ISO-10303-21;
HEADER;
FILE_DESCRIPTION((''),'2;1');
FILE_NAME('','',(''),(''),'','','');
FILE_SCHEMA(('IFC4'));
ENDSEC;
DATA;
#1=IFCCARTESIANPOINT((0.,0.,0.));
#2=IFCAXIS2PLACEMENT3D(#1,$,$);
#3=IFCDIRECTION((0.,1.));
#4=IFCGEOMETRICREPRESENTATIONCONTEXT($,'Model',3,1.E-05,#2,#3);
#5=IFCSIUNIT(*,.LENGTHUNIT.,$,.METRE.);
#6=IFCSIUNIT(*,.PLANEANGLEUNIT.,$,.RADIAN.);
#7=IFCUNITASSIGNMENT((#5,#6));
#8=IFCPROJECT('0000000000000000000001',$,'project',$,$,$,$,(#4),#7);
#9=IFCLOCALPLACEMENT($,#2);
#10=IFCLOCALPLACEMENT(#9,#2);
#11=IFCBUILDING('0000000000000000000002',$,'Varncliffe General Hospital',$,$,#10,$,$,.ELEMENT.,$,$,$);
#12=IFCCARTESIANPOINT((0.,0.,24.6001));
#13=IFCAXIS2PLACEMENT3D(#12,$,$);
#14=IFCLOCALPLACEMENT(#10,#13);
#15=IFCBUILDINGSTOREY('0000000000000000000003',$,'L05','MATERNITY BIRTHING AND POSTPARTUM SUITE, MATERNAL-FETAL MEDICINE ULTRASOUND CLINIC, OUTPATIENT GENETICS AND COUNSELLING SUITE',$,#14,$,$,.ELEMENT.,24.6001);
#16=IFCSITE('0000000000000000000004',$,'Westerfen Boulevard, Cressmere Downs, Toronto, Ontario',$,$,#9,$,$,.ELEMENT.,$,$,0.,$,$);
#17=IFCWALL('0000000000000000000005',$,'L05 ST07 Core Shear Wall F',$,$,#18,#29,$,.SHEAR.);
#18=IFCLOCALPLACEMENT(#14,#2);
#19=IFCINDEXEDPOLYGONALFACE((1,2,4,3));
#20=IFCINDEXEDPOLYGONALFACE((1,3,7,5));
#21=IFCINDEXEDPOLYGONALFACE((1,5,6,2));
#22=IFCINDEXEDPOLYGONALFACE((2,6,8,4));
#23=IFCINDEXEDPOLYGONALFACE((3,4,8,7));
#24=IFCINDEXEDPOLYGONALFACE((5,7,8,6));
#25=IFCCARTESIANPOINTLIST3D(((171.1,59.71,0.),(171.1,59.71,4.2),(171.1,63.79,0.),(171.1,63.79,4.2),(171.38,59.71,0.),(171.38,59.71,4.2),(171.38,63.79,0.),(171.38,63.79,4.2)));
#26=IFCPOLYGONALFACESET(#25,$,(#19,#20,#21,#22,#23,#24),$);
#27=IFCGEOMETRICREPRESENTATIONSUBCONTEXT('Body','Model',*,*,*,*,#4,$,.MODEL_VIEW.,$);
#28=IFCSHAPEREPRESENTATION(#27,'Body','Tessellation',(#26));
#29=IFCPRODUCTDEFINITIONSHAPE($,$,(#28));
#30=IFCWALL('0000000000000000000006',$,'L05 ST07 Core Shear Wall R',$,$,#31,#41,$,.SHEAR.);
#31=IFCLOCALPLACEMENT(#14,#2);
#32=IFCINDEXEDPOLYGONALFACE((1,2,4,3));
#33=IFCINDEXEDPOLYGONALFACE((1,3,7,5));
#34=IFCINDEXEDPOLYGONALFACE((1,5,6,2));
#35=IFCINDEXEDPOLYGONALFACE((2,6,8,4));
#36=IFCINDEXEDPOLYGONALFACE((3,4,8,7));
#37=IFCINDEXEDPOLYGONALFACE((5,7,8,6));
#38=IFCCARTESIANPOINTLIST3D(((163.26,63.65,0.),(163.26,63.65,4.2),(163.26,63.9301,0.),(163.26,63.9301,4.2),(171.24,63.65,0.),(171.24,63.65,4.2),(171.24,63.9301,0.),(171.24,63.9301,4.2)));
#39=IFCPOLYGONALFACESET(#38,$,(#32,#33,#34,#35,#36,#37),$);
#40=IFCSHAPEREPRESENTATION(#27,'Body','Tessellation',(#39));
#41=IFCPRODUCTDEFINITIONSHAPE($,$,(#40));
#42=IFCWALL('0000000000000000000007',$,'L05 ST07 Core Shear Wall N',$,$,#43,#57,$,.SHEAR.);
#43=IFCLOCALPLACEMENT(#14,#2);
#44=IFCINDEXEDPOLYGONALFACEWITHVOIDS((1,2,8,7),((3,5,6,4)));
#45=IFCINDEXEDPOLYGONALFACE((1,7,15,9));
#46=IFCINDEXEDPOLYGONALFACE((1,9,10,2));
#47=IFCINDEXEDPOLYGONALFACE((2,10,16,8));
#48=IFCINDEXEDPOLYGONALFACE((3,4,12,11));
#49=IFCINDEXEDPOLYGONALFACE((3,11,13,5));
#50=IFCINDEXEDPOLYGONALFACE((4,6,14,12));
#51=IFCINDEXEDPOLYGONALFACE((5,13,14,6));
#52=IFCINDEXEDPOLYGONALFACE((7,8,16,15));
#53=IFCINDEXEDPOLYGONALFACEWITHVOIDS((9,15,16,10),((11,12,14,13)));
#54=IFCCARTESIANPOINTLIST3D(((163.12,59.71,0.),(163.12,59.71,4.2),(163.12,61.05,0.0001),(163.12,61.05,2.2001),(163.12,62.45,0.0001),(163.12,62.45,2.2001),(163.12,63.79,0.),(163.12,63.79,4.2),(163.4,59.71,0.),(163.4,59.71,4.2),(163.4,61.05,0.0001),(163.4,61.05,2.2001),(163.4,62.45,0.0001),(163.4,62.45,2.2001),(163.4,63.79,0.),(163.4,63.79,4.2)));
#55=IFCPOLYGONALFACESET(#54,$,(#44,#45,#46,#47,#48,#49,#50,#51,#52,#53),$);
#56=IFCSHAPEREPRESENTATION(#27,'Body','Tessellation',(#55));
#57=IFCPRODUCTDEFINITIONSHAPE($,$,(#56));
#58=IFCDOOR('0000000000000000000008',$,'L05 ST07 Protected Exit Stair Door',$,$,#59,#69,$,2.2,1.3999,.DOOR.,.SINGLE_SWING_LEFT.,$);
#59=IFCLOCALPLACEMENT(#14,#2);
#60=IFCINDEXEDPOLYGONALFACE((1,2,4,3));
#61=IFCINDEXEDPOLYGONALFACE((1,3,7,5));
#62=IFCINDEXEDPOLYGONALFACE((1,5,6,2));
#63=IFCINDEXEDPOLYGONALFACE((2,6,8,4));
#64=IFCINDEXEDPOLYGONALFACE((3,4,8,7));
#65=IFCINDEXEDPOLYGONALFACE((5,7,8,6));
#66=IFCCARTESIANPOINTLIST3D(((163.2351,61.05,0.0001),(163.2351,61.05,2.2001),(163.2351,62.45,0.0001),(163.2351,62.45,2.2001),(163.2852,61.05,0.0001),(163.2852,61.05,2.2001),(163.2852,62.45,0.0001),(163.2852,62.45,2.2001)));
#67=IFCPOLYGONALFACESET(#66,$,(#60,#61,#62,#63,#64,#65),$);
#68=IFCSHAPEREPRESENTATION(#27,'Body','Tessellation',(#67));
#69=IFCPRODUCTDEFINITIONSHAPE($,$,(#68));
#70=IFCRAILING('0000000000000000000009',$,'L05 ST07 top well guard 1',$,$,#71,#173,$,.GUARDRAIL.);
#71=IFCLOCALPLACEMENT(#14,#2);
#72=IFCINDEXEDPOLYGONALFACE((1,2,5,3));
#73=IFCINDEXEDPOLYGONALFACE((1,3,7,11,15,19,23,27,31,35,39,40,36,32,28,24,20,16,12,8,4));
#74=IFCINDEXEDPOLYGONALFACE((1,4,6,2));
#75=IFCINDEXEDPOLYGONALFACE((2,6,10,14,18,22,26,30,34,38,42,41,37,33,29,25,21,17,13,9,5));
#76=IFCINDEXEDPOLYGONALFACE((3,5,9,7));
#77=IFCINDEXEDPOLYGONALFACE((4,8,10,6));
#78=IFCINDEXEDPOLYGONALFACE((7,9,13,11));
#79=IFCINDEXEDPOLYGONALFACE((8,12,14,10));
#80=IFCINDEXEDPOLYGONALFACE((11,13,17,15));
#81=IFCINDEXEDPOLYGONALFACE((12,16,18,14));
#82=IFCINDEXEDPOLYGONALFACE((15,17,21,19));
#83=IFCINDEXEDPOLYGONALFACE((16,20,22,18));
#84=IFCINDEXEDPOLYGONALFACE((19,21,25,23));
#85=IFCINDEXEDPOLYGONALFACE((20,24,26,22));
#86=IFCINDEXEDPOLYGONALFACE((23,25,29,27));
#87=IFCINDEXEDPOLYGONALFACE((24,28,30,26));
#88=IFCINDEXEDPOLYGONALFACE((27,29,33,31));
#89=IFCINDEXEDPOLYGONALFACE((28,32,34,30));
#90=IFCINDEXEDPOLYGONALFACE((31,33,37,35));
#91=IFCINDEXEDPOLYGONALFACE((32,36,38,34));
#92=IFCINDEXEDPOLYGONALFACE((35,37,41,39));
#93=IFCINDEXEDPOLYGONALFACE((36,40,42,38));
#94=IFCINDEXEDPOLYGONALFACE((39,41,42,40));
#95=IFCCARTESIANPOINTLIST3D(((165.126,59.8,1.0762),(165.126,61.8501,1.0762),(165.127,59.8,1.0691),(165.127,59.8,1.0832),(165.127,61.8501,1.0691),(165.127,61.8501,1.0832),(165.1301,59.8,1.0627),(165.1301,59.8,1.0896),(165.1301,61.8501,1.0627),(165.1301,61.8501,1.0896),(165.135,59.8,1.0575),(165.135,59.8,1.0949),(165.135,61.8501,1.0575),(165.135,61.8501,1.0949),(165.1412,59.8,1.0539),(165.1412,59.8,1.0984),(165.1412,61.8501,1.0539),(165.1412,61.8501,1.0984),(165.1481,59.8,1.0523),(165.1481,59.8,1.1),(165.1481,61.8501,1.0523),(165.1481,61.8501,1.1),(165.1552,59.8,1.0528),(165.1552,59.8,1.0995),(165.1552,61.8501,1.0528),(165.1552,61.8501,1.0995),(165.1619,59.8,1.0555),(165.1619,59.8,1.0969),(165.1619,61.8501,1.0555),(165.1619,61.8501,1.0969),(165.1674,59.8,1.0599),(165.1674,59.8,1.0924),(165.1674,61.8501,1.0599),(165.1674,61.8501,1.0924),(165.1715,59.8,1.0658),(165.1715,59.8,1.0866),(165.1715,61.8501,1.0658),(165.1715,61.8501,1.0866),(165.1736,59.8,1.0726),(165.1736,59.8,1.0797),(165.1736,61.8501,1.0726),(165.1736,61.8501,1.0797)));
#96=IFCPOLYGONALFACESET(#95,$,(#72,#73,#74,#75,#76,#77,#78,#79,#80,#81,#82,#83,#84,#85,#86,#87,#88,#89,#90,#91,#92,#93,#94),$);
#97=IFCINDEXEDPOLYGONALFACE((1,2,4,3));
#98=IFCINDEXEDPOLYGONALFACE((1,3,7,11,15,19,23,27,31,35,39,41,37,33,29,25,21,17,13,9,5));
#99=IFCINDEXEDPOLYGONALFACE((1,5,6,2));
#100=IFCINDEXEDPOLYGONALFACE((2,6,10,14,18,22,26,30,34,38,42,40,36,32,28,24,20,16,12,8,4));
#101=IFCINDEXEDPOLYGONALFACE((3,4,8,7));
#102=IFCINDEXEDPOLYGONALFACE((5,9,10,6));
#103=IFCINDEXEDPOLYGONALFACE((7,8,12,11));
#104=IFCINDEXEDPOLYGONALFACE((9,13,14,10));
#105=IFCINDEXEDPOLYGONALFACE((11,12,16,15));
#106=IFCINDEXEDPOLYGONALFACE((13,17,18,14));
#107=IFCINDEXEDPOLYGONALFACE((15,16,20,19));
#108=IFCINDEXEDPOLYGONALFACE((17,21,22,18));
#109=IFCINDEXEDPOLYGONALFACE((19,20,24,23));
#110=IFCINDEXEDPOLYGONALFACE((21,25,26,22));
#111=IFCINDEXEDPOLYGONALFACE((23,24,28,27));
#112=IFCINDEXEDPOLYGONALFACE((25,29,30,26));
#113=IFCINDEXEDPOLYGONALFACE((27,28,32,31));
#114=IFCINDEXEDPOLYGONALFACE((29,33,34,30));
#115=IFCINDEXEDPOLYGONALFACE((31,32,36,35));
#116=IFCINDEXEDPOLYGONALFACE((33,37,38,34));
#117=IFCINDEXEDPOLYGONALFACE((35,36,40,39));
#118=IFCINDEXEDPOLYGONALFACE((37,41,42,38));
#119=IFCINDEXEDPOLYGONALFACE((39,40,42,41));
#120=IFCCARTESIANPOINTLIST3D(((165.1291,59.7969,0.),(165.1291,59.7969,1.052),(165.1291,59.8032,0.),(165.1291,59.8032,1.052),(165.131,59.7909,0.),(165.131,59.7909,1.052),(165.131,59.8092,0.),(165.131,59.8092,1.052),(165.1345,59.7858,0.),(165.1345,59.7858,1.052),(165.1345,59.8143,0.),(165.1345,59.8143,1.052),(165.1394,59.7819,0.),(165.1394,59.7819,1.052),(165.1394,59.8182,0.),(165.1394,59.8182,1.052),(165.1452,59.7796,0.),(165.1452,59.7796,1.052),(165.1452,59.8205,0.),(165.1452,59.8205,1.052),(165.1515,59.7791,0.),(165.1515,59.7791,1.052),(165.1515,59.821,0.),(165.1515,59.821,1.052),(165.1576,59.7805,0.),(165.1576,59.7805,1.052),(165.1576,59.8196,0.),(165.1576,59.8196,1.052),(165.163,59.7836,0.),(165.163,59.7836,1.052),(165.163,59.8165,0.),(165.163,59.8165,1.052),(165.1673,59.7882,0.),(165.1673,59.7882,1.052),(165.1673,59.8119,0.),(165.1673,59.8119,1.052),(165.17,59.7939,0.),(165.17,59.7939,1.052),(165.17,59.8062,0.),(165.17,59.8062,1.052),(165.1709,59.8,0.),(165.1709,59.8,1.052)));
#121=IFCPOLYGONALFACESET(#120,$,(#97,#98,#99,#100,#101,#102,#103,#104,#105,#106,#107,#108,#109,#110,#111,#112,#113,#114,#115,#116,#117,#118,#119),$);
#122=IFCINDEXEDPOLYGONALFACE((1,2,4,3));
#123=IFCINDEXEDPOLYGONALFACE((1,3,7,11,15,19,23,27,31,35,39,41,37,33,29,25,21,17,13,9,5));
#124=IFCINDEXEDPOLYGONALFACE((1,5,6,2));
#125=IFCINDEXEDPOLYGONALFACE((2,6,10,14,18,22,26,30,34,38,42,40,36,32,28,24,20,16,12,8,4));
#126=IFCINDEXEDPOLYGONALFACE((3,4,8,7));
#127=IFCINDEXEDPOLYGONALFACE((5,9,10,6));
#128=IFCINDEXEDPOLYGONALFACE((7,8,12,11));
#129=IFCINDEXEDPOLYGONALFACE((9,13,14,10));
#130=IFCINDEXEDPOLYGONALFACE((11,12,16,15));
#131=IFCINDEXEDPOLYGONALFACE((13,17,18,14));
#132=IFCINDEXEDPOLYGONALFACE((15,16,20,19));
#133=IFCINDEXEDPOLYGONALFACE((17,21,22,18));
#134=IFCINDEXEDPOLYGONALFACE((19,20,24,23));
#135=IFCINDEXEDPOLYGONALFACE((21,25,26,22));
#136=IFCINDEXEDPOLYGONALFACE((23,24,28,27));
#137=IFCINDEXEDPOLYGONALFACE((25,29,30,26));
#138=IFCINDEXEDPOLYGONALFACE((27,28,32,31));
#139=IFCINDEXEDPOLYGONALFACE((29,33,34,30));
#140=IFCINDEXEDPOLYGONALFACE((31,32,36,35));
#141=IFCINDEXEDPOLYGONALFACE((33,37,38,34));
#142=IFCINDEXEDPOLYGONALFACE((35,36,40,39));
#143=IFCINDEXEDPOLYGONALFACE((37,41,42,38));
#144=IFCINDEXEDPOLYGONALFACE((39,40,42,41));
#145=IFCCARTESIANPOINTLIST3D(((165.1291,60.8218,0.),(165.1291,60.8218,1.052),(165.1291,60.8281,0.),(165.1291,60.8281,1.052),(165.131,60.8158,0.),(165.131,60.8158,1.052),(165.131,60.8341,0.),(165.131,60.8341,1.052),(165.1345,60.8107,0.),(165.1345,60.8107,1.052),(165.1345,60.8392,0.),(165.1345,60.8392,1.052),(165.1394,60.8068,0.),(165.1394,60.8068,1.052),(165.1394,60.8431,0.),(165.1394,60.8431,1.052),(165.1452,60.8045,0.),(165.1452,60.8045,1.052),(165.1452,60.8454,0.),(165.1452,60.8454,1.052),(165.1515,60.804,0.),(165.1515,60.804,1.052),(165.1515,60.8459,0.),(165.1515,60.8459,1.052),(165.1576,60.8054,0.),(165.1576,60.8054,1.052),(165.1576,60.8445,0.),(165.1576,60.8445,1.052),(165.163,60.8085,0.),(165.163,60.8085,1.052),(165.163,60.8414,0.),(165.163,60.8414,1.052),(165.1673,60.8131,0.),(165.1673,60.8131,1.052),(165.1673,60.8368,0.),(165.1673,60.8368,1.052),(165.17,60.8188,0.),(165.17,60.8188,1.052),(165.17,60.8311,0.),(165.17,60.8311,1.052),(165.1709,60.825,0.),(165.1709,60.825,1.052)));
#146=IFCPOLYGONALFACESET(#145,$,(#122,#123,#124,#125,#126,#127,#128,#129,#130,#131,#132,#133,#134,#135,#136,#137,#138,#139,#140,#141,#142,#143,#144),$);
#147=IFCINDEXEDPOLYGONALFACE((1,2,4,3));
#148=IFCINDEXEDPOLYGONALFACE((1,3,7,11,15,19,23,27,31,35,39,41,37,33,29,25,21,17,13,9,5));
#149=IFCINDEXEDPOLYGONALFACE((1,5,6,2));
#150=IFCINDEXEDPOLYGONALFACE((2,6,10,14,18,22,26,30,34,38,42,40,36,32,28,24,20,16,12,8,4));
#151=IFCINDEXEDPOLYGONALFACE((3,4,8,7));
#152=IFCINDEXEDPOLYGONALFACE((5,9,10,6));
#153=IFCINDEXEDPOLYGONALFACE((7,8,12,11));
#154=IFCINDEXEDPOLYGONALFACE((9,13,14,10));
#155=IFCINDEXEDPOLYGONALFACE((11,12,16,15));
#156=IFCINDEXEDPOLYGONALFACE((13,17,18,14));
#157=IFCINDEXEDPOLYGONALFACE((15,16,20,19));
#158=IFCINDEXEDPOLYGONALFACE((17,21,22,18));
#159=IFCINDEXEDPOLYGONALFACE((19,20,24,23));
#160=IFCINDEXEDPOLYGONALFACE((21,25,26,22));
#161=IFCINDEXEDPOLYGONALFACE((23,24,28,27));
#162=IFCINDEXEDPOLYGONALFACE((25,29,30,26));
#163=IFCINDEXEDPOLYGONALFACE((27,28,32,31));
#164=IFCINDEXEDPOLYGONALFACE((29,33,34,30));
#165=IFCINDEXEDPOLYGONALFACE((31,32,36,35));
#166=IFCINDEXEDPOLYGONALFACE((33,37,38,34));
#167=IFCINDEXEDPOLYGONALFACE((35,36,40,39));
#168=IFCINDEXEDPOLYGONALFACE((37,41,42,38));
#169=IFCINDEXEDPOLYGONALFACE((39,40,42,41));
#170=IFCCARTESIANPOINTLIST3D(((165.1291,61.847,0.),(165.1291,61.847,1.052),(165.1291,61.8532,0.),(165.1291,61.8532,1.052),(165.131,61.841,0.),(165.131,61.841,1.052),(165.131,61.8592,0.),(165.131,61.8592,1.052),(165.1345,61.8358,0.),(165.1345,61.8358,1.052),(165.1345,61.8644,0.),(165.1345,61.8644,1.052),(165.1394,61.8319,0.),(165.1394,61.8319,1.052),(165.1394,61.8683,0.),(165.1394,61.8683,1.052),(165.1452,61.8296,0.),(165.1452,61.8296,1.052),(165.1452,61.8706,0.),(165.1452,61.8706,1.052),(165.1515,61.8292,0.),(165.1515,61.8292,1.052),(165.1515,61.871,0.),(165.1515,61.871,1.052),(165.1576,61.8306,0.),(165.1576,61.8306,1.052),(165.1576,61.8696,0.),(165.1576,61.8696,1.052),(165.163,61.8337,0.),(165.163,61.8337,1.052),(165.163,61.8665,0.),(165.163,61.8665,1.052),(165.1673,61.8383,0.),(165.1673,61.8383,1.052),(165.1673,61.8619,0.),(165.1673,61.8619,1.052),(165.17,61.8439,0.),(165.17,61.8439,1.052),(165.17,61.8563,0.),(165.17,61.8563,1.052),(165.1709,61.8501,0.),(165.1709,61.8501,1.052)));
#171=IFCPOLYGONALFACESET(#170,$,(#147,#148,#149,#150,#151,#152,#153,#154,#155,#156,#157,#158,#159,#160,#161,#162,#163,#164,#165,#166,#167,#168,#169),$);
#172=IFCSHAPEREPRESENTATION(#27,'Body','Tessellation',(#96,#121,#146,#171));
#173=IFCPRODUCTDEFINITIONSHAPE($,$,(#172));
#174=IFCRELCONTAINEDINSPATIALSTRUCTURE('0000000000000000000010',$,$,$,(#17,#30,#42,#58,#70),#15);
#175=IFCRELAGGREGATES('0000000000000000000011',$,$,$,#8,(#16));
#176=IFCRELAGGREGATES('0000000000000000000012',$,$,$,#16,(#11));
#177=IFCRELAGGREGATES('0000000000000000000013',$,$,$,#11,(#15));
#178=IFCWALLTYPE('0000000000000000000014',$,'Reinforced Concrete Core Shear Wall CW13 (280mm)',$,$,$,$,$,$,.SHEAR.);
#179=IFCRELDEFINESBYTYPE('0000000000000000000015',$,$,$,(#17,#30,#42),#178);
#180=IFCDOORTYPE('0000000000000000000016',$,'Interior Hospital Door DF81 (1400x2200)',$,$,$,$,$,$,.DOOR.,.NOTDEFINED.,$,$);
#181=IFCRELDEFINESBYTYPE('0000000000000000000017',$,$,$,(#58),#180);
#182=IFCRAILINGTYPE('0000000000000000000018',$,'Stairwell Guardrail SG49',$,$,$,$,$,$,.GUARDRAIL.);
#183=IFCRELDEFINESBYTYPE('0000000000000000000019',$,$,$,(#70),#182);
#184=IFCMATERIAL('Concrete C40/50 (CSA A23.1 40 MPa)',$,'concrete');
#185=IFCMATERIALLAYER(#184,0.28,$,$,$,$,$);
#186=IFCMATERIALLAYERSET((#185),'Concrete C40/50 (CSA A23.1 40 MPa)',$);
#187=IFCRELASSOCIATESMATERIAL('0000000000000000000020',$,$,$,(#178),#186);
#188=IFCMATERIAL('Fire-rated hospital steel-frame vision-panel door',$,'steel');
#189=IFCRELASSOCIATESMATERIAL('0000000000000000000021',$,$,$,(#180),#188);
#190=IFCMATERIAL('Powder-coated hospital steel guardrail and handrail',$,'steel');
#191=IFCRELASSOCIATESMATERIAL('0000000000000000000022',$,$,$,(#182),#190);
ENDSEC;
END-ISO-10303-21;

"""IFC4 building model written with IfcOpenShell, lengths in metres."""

from ifc_helpers import new_model, si_unit, direction, frame, frame_2d, origin, origin_2d, place, context, subcontext, project, spatial, rectangle, circle, extrude, material, layer, layer_set, type_object, element, fill, save


model = new_model("IFC4")

# Units and contexts
model_context = context("Model", 3, precision=1e-05, world=origin(), true_north=direction((0.0, 1.0)))
body_context = subcontext(model_context, "Body", "Model", "MODEL_VIEW")
ifc_project = project(units=[si_unit("LENGTHUNIT", "METRE"), si_unit("PLANEANGLEUNIT", "RADIAN")], contexts=[model_context])

# Site, building, storey
site_placement = place(None, origin())
site = spatial("IfcSite", under=ifc_project, at=site_placement, Name="Westerfen Boulevard, Cressmere Downs, Toronto, Ontario", CompositionType="ELEMENT", RefElevation=0.0)
building_placement = place(site_placement, origin())
building = spatial("IfcBuilding", under=site, at=building_placement, Name="Varncliffe General Hospital", CompositionType="ELEMENT")
storey_placement = place(building_placement, frame((0.0, 0.0, 24.6001)))
storey = spatial("IfcBuildingStorey", under=building, at=storey_placement, Name="L05", Description="MATERNITY BIRTHING AND POSTPARTUM SUITE, MATERNAL-FETAL MEDICINE ULTRASOUND CLINIC, OUTPATIENT GENETICS AND COUNSELLING SUITE", CompositionType="ELEMENT", Elevation=24.6001)

# Shared definitions
ifc_material_1 = material(Name="Concrete C40/50 (CSA A23.1 40 MPa)", Category="concrete")

# Shared definitions
ifc_material_2 = material(Name="Fire-rated hospital steel-frame vision-panel door", Category="steel")

# Walls
ifc_layer_1 = layer(ifc_material_1, 0.28)
ifc_layer_set_1 = layer_set([ifc_layer_1], Name="Concrete C40/50 (CSA A23.1 40 MPa)")
wall_type_1 = type_object("IfcWallType", Name="Reinforced Concrete Core Shear Wall CW13 (280mm)", PredefinedType="SHEAR", material=ifc_layer_set_1)
wall_1_placement = place(storey_placement, frame((171.24, 59.71, 0.0), z_axis=(0.0, 0.0, 1.0), x_axis=(0.0, 1.0, 0.0)))
element("IfcWall", 1, at=wall_1_placement, inside=storey, type_object=wall_type_1, Name="L05 ST07 Core Shear Wall F", PredefinedType="SHEAR", context=body_context, shape_type="SweptSolid", body=[
    extrude(rectangle(XDim=4.0801, YDim=0.28, at=frame_2d((2.04, 0.0))), origin(), (0.0, 0.0, 1.0), 4.2),
])
wall_2_placement = place(storey_placement, frame((171.24, 63.79, 0.0), z_axis=(0.0, 0.0, 1.0), x_axis=(-1.0, 0.0, 0.0)))
element("IfcWall", 2, at=wall_2_placement, inside=storey, type_object=wall_type_1, Name="L05 ST07 Core Shear Wall R", PredefinedType="SHEAR", context=body_context, shape_type="SweptSolid", body=[
    extrude(rectangle(XDim=7.98, YDim=0.28, at=frame_2d((3.99, 0.0))), origin(), (0.0, 0.0, 1.0), 4.2),
])

# Wall, opening, door
wall_3_placement = place(storey_placement, frame((163.26, 63.79, 0.0), z_axis=(0.0, 0.0, 1.0), x_axis=(0.0, -1.0, 0.0)))
wall_3 = element("IfcWall", 3, at=wall_3_placement, inside=storey, type_object=wall_type_1, Name="L05 ST07 Core Shear Wall N", PredefinedType="SHEAR", context=body_context, shape_type="SweptSolid", body=[
    extrude(rectangle(XDim=4.0801, YDim=0.28, at=frame_2d((2.04, 0.0))), origin(), (0.0, 0.0, 1.0), 4.2),
])
opening_1_placement = place(wall_3_placement, frame((1.3401, 0.0, 0.0)))
opening_1 = element("IfcOpeningElement", 4, at=opening_1_placement, cuts=wall_3, PredefinedType="OPENING", context=body_context, shape_type="SweptSolid", body=[
    extrude(rectangle(XDim=1.3999, YDim=2.2, at=frame_2d((0.7, 1.1001))), frame((0.0, 0.1499, 0.0), z_axis=(0.0, -1.0, 0.0), x_axis=(1.0, 0.0, 0.0)), (0.0, 0.0, 1.0), 0.3),
])
door_type_1 = type_object("IfcDoorType", Name="Interior Hospital Door DF81 (1400x2200)", OperationType="NOTDEFINED", PredefinedType="DOOR", material=ifc_material_2)
door_1_placement = place(opening_1_placement, frame((1.3999, 0.0, 0.0), z_axis=(0.0, 0.0, 1.0), x_axis=(-1.0, 0.0, 0.0)))
door_1 = element("IfcDoor", 5, at=door_1_placement, inside=storey, type_object=door_type_1, Name="L05 ST07 Protected Exit Stair Door", OperationType="SINGLE_SWING_LEFT", OverallHeight=2.2, OverallWidth=1.3999, PredefinedType="DOOR", context=body_context, shape_type="SweptSolid", body=[
    extrude(rectangle(XDim=1.3999, YDim=2.2, at=frame_2d((0.7, 1.1001))), frame((0.0, 0.0249, 0.0), z_axis=(0.0, -1.0, 0.0), x_axis=(1.0, 0.0, 0.0)), (0.0, 0.0, 1.0), 0.05),
])
fill(opening_1, door_1)

# Railing
ifc_material_3 = material(Name="Powder-coated hospital steel guardrail and handrail", Category="steel")
railing_type = type_object("IfcRailingType", Name="Stairwell Guardrail SG49", PredefinedType="GUARDRAIL", material=ifc_material_3)
railing_placement = place(storey_placement, frame((165.1499, 59.8, 0.0)))
element("IfcRailing", 6, at=railing_placement, inside=storey, type_object=railing_type, Name="L05 ST07 top well guard 1", PredefinedType="GUARDRAIL", context=body_context, shape_type="SweptSolid", body=[
    extrude(circle(Radius=0.0239, at=origin_2d()), frame((0.0, 0.0, 1.0762), z_axis=(0.0, 1.0, 0.0), x_axis=(-1.0, 0.0, 0.0)), (0.0, 0.0, 1.0), 2.05),
    extrude(circle(Radius=0.021, at=origin_2d()), origin(), (0.0, 0.0, 1.0), 1.052),
    extrude(circle(Radius=0.021, at=origin_2d()), frame((0.0, 1.0249, 0.0)), (0.0, 0.0, 1.0), 1.052),
    extrude(circle(Radius=0.021, at=origin_2d()), frame((0.0, 2.05, 0.0)), (0.0, 0.0, 1.0), 1.052),
])

save(model, "model.ifc")
